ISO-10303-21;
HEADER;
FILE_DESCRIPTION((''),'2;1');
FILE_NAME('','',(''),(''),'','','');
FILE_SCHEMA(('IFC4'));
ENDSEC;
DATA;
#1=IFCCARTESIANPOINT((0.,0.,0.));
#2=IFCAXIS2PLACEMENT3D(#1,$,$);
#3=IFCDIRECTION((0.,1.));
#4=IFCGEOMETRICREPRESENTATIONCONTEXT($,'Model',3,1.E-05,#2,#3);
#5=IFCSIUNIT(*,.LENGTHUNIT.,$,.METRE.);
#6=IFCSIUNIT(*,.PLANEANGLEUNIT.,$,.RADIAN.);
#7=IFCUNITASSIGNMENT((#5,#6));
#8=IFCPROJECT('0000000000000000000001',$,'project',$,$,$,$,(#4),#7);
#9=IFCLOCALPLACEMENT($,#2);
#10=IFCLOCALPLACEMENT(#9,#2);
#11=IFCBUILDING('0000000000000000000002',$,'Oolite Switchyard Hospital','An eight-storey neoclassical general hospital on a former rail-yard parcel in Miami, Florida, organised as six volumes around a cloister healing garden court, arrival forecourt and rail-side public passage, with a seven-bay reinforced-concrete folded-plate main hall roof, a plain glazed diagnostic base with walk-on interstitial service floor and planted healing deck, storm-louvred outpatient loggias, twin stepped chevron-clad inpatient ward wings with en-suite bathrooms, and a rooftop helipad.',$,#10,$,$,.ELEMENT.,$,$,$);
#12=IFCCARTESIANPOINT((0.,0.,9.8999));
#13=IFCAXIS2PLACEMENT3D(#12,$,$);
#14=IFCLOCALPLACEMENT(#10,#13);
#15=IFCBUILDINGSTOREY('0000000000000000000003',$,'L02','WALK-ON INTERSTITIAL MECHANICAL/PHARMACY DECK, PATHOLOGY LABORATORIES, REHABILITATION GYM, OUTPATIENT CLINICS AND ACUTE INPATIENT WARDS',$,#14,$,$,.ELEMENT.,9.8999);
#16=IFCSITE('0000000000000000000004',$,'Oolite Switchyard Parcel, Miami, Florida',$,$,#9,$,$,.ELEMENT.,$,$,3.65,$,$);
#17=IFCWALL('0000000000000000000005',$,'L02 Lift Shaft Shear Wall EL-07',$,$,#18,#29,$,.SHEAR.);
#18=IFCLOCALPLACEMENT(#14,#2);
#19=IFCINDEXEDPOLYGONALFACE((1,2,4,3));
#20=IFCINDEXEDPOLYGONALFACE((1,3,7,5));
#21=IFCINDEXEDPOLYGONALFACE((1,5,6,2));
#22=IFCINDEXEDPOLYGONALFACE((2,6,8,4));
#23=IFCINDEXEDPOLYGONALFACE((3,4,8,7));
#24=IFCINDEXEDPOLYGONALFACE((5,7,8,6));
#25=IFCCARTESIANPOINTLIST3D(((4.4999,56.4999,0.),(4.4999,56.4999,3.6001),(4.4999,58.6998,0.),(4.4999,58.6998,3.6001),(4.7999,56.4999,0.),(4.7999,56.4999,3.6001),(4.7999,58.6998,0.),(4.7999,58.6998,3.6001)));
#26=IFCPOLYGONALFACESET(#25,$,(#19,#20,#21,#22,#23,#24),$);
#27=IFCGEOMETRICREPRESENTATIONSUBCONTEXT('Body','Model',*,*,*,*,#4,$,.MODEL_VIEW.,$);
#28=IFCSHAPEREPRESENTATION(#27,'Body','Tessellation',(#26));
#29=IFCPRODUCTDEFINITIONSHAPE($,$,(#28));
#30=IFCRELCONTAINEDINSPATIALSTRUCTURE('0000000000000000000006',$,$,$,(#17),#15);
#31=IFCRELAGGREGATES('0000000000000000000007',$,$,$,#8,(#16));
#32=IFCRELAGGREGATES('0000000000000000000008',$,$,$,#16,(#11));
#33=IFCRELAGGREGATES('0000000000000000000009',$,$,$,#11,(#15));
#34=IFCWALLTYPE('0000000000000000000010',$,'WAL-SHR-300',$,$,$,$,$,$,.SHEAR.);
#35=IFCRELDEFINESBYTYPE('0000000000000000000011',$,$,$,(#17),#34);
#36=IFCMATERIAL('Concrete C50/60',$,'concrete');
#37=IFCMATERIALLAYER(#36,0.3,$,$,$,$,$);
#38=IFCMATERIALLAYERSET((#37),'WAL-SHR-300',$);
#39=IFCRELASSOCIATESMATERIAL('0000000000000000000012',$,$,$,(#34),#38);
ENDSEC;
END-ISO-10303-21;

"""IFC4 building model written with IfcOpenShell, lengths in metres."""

from ifc_helpers import new_model, si_unit, direction, frame, frame_2d, origin, place, context, subcontext, project, spatial, rectangle, extrude, material, layer, layer_set, type_object, element, save


model = new_model("IFC4")

# Units and contexts
model_context = context("Model", 3, precision=1e-05, world=origin(), true_north=direction((0.0, 1.0)))
body_context = subcontext(model_context, "Body", "Model", "MODEL_VIEW")
ifc_project = project(units=[si_unit("LENGTHUNIT", "METRE"), si_unit("PLANEANGLEUNIT", "RADIAN")], contexts=[model_context])

# Site, building, storey
site_placement = place(None, origin())
site = spatial("IfcSite", under=ifc_project, at=site_placement, Name="Oolite Switchyard Parcel, Miami, Florida", CompositionType="ELEMENT", RefElevation=3.65)
building_placement = place(site_placement, origin())
building = spatial("IfcBuilding", under=site, at=building_placement, Name="Oolite Switchyard Hospital", Description="An eight-storey neoclassical general hospital on a former rail-yard parcel in Miami, Florida, organised as six volumes around a cloister healing garden court, arrival forecourt and rail-side public passage, with a seven-bay reinforced-concrete folded-plate main hall roof, a plain glazed diagnostic base with walk-on interstitial service floor and planted healing deck, storm-louvred outpatient loggias, twin stepped chevron-clad inpatient ward wings with en-suite bathrooms, and a rooftop helipad.", CompositionType="ELEMENT")
storey_placement = place(building_placement, frame((0.0, 0.0, 9.8999)))
storey = spatial("IfcBuildingStorey", under=building, at=storey_placement, Name="L02", Description="WALK-ON INTERSTITIAL MECHANICAL/PHARMACY DECK, PATHOLOGY LABORATORIES, REHABILITATION GYM, OUTPATIENT CLINICS AND ACUTE INPATIENT WARDS", CompositionType="ELEMENT", Elevation=9.8999)

# Shared definitions
ifc_material_1 = material(Name="Concrete C50/60", Category="concrete")

# Shared definitions
ifc_layer_1 = layer(ifc_material_1, 0.3)
ifc_layer_set_1 = layer_set([ifc_layer_1], Name="WAL-SHR-300")
wall_type_1 = type_object("IfcWallType", Name="WAL-SHR-300", PredefinedType="SHEAR", material=ifc_layer_set_1)

# Wall
wall_1_placement = place(storey_placement, frame((4.6499, 58.7, 0.0), z_axis=(0.0, 0.0, 1.0), x_axis=(0.0, -1.0, 0.0)))
element("IfcWall", 1, at=wall_1_placement, inside=storey, type_object=wall_type_1, Name="L02 Lift Shaft Shear Wall EL-07", PredefinedType="SHEAR", context=body_context, shape_type="SweptSolid", body=[
    extrude(rectangle(XDim=2.2, YDim=0.3, at=frame_2d((1.1001, 0.0))), origin(), (0.0, 0.0, 1.0), 3.6001),
])

save(model, "model.ifc")
